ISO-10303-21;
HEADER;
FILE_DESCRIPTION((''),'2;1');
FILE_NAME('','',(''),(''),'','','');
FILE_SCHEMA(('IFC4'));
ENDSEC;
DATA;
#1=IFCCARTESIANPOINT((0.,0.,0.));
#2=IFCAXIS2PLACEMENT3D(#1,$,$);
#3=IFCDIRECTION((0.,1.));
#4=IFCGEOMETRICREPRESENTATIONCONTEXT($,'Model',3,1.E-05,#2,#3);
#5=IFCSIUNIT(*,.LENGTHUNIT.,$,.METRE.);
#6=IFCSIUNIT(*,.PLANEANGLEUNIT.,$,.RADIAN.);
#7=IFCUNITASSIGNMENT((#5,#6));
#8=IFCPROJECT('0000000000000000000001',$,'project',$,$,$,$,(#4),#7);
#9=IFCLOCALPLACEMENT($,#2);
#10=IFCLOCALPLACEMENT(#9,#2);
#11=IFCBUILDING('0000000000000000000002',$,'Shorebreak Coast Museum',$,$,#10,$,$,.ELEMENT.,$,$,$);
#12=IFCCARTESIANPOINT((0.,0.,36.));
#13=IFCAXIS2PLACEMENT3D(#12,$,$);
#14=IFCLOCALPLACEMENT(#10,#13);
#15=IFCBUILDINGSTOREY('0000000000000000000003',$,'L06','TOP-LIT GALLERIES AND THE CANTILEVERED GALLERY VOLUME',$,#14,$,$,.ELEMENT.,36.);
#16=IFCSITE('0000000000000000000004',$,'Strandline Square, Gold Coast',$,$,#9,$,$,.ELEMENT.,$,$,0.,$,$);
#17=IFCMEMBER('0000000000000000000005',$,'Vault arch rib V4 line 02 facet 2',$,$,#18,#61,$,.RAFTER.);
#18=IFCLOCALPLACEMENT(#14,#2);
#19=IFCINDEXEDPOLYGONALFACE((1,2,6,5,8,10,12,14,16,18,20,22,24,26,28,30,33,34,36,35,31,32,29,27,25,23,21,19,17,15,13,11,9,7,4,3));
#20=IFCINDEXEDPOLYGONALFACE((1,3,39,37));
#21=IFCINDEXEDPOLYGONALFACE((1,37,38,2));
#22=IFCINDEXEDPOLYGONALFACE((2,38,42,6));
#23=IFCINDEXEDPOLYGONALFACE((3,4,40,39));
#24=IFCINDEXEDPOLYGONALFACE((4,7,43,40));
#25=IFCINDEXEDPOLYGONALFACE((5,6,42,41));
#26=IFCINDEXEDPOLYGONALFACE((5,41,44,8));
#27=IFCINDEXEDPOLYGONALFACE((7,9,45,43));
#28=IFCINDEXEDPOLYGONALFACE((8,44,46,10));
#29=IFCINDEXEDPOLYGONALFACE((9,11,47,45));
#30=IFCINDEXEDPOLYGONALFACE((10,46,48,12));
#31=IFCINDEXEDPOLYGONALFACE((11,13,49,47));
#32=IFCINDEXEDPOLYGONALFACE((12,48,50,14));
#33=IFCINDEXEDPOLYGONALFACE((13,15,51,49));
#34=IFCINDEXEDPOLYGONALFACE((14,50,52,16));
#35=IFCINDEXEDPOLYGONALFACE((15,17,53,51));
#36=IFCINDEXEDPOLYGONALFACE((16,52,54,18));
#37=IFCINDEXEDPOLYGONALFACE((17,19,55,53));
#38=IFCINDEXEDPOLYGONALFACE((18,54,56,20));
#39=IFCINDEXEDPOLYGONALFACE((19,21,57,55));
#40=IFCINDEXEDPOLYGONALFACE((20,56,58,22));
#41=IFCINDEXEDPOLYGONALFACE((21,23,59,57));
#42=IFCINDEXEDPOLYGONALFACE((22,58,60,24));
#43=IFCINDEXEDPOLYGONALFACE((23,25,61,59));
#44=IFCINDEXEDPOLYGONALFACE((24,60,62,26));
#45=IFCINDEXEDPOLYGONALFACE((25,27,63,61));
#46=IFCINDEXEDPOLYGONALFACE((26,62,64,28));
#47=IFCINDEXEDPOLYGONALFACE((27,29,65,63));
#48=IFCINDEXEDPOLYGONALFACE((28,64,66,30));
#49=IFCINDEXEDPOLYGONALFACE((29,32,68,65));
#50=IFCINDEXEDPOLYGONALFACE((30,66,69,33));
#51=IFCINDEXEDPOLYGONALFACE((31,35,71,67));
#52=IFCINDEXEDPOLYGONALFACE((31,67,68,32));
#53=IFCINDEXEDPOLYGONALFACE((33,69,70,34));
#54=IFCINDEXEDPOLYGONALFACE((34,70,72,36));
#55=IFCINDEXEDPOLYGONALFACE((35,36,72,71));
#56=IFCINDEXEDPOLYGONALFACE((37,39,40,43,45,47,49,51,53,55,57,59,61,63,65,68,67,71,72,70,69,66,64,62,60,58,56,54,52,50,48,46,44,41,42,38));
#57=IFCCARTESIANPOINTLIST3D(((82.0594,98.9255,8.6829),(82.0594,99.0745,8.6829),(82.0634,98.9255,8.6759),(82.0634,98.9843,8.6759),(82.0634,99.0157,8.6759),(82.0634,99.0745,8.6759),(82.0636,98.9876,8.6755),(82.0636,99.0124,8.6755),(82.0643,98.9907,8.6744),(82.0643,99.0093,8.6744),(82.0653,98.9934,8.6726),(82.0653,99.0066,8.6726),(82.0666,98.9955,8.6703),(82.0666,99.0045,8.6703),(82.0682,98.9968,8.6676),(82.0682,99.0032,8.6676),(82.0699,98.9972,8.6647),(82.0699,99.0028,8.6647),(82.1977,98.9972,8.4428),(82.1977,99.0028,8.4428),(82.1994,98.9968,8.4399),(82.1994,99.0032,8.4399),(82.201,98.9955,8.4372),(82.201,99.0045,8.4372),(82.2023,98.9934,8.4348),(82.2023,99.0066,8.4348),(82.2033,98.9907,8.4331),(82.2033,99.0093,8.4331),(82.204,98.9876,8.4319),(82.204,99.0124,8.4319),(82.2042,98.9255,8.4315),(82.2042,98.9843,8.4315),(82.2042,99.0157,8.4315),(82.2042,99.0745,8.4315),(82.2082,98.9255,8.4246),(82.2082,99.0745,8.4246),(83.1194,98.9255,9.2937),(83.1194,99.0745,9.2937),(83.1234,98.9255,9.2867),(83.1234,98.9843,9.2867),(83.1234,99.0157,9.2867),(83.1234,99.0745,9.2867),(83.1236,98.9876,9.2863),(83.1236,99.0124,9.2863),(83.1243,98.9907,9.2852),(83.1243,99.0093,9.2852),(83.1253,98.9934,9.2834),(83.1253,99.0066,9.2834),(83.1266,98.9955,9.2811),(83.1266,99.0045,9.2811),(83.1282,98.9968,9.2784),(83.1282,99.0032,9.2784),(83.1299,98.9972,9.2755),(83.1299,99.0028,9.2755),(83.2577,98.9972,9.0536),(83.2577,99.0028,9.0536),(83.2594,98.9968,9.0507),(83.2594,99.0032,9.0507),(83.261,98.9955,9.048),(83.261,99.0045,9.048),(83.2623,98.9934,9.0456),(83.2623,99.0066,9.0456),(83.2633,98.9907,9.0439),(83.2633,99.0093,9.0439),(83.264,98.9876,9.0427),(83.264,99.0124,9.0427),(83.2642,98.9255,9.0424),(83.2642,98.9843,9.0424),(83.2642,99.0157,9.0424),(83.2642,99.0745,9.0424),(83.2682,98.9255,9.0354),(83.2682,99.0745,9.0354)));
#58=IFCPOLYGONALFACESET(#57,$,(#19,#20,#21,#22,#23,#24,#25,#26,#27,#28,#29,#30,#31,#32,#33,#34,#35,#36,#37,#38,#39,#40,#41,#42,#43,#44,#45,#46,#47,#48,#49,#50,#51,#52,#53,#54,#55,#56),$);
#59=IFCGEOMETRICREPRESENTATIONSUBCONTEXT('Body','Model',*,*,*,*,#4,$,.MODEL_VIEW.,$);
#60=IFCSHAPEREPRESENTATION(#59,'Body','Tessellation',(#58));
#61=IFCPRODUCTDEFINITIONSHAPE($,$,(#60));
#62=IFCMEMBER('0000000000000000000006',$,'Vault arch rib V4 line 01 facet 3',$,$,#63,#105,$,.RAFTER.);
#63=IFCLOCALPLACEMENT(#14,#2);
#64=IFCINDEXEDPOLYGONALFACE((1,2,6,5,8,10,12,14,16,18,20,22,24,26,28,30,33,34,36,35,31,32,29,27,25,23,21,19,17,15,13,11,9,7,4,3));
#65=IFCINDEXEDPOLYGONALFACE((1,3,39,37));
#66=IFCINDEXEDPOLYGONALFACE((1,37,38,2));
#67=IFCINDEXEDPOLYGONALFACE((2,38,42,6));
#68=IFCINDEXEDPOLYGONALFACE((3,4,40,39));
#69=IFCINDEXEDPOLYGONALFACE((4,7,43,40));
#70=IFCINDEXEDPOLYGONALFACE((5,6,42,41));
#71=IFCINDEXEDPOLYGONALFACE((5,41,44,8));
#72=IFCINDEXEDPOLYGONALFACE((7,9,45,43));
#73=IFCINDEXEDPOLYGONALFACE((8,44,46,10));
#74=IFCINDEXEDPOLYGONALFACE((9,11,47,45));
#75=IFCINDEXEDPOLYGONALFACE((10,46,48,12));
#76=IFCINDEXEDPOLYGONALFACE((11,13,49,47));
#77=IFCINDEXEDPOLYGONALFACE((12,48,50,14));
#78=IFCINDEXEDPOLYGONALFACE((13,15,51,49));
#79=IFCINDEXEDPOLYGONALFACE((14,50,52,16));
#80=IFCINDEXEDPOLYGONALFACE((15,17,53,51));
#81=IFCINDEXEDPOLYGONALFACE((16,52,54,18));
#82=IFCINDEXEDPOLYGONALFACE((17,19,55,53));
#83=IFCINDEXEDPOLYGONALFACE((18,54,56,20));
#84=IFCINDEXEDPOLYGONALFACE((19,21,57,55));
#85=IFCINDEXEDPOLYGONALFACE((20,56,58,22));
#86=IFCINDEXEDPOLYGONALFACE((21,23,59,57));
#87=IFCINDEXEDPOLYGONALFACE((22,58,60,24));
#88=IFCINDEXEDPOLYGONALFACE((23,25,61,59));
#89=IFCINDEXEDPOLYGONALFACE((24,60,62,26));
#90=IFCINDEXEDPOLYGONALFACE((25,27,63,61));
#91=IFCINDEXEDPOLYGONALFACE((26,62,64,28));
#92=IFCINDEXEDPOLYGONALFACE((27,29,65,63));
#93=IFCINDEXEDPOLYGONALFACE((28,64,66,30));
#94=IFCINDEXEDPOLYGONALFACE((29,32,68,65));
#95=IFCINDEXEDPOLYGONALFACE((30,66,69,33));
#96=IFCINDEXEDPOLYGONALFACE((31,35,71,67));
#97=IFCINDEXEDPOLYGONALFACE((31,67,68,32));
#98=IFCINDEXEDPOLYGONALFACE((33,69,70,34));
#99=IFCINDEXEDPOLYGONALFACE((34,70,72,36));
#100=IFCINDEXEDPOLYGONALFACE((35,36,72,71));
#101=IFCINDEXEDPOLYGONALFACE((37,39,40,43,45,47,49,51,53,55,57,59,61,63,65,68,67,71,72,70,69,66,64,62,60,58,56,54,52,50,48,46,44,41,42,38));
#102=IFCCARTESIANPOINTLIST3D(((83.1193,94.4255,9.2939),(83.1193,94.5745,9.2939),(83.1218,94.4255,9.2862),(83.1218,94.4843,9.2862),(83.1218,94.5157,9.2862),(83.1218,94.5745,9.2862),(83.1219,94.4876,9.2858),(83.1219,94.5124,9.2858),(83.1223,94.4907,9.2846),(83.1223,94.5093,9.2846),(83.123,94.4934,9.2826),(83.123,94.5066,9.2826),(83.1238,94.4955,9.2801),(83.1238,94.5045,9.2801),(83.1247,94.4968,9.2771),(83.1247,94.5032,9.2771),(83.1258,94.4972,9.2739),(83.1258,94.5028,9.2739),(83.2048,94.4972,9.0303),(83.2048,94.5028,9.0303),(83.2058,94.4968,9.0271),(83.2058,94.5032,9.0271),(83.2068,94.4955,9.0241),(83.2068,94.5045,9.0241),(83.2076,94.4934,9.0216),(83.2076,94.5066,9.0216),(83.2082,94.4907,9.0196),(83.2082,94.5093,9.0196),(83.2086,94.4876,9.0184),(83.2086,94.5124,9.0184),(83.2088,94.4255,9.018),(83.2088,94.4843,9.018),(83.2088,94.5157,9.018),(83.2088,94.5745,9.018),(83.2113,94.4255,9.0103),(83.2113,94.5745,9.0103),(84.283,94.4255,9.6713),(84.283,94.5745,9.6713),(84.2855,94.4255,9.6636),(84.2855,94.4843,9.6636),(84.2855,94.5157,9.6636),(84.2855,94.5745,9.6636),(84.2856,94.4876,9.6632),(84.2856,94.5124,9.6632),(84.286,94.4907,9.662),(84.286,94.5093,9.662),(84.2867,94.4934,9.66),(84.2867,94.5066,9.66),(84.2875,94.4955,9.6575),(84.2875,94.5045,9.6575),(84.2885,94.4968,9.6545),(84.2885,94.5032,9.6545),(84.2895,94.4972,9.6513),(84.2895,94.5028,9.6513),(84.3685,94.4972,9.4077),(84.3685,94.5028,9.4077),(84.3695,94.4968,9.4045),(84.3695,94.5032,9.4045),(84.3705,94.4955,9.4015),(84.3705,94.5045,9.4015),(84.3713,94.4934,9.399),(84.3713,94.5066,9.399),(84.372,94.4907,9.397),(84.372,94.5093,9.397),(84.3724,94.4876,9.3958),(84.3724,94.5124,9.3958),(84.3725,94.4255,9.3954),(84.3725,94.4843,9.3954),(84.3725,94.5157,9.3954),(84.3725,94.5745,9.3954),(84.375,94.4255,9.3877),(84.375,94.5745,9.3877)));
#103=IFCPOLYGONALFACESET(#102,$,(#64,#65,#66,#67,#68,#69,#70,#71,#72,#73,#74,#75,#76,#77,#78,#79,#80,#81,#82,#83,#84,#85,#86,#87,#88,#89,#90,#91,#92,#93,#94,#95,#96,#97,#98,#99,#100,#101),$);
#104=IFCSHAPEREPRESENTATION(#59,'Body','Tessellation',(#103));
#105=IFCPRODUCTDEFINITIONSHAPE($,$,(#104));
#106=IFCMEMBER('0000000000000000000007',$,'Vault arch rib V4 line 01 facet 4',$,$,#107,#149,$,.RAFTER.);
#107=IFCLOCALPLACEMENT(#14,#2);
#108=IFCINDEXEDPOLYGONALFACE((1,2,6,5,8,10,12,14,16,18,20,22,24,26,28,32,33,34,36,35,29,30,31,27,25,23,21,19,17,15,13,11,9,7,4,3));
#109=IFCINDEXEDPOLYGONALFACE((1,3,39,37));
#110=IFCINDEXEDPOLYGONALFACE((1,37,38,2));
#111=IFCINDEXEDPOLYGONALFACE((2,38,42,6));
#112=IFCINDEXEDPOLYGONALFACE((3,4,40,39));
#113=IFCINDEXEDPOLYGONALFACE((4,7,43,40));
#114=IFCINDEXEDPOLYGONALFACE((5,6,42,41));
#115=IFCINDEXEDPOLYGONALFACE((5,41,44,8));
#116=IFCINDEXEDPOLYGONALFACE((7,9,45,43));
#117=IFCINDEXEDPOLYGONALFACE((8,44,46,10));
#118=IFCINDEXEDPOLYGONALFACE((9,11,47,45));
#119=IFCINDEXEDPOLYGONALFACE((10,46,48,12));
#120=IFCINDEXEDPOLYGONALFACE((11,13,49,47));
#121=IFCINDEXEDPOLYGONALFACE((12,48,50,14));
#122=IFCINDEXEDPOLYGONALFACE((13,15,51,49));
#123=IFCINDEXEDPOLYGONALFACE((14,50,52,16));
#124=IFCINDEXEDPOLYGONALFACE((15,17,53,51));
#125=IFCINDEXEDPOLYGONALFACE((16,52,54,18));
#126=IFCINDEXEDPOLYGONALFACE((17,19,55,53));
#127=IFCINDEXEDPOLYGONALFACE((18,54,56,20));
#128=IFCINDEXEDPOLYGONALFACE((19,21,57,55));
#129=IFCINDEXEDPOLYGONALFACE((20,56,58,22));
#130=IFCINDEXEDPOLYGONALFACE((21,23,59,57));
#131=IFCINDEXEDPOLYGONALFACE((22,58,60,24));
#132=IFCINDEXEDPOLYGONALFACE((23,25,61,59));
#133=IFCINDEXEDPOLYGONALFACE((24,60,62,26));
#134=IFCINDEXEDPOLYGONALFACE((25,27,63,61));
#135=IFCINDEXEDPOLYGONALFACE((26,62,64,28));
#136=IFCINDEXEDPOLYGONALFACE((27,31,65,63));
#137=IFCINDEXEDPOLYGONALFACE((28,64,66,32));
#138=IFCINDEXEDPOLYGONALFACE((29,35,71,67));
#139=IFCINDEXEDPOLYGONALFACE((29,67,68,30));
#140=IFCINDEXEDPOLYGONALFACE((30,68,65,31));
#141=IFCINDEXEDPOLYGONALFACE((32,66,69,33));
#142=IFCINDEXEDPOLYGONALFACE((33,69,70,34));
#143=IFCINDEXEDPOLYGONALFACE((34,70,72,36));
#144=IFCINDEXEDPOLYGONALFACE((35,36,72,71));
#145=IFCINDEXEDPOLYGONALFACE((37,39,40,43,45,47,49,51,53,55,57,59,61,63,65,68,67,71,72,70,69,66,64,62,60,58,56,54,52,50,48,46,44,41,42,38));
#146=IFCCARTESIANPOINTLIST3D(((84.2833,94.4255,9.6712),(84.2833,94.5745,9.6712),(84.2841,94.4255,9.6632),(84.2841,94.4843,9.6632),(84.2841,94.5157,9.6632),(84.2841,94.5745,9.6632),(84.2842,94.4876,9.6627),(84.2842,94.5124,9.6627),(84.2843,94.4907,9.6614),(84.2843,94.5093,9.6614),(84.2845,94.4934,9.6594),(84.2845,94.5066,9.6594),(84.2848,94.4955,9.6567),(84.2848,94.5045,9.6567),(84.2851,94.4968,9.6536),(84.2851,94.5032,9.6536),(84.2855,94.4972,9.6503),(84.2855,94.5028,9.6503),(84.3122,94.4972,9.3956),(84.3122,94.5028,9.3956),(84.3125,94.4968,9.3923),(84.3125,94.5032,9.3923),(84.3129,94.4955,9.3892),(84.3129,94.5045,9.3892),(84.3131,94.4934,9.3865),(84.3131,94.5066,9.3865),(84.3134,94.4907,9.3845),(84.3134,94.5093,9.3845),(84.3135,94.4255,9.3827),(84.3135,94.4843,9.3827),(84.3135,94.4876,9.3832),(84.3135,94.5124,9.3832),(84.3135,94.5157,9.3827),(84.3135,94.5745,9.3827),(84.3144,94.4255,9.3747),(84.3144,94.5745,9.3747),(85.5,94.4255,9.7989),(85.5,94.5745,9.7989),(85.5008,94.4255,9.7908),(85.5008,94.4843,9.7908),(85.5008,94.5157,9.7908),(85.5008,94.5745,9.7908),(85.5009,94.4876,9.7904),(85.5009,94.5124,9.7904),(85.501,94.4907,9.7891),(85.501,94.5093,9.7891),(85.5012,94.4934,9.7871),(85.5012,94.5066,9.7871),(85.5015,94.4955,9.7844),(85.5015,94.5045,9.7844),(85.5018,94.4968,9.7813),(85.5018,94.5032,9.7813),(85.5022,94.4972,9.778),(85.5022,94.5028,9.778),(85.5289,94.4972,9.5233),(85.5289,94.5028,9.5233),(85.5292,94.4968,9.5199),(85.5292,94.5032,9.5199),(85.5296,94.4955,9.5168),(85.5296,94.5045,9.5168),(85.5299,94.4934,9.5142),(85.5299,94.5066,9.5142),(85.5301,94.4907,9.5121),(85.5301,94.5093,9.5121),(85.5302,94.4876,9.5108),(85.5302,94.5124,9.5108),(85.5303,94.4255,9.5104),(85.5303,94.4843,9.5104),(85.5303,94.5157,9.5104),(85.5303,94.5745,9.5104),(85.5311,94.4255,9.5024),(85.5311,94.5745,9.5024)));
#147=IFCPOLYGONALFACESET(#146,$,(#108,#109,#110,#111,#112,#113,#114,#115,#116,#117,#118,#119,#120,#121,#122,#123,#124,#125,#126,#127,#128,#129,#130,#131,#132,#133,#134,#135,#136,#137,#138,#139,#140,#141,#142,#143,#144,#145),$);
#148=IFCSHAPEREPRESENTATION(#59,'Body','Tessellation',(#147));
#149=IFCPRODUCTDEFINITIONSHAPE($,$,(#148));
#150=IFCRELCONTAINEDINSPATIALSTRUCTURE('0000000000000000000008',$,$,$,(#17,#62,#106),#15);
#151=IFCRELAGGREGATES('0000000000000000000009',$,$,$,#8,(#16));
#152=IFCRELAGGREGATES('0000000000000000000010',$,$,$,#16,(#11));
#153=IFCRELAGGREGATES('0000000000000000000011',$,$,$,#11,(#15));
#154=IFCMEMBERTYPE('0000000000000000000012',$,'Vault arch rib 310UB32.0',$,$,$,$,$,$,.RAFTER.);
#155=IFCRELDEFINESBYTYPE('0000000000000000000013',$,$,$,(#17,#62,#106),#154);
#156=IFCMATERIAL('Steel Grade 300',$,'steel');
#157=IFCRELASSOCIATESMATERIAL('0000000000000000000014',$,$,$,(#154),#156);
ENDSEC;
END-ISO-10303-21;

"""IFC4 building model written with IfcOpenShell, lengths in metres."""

from ifc_helpers import new_model, si_unit, direction, frame, origin, origin_2d, place, context, subcontext, project, spatial, i_section, extrude, material, material_profile, profile_set, type_object, element, save


model = new_model("IFC4")

# Units and contexts
model_context = context("Model", 3, precision=1e-05, world=origin(), true_north=direction((0.0, 1.0)))
body_context = subcontext(model_context, "Body", "Model", "MODEL_VIEW")
ifc_project = project(units=[si_unit("LENGTHUNIT", "METRE"), si_unit("PLANEANGLEUNIT", "RADIAN")], contexts=[model_context])

# Site, building, storey
site_placement = place(None, origin())
site = spatial("IfcSite", under=ifc_project, at=site_placement, Name="Strandline Square, Gold Coast", CompositionType="ELEMENT", RefElevation=0.0)
building_placement = place(site_placement, origin())
building = spatial("IfcBuilding", under=site, at=building_placement, Name="Shorebreak Coast Museum", CompositionType="ELEMENT")
storey_placement = place(building_placement, frame((0.0, 0.0, 36.0)))
storey = spatial("IfcBuildingStorey", under=building, at=storey_placement, Name="L06", Description="TOP-LIT GALLERIES AND THE CANTILEVERED GALLERY VOLUME", CompositionType="ELEMENT", Elevation=36.0)

# Members
ifc_material_1 = material(Name="Steel Grade 300", Category="steel")
ifc_material_profile_1 = material_profile(ifc_material_1, i_section(OverallWidth=0.1489, OverallDepth=0.2981, WebThickness=0.0056, FlangeThickness=0.0081, FilletRadius=0.0129, at=origin_2d()), Name="310UB32.0")
ifc_profile_set_1 = profile_set([ifc_material_profile_1], Name="Steel Grade 300")
member_type_1 = type_object("IfcMemberType", Name="Vault arch rib 310UB32.0", PredefinedType="RAFTER", material=ifc_profile_set_1)
for number, where, z_axis, x_axis, name in (
    (1, (82.1338, 99.0, 8.5537), (0.866445, 0.0, 0.499273), (0.0, 1.0, 0.0), "Vault arch rib V4 line 02 facet 2"),
    (2, (83.1653, 94.5, 9.1521), (0.951226, 0.0, 0.308495), (0.0, 1.0, 0.0), "Vault arch rib V4 line 01 facet 3"),
    (3, (84.2988, 94.5, 9.5229), (0.994539, 0.0, 0.104363), (0.0, 1.0, 0.0), "Vault arch rib V4 line 01 facet 4"),
):
    element("IfcMember", number, at=place(storey_placement, frame(where, z_axis=z_axis, x_axis=x_axis)), inside=storey, type_object=member_type_1, Name=name, PredefinedType="RAFTER", context=body_context, shape_type="SweptSolid", body=[
        extrude(i_section(OverallWidth=0.1489, OverallDepth=0.2981, WebThickness=0.0056, FlangeThickness=0.0081, FilletRadius=0.0129, at=origin_2d()), origin(), (0.0, 0.0, 1.0), 1.2234),
    ])

save(model, "model.ifc")
